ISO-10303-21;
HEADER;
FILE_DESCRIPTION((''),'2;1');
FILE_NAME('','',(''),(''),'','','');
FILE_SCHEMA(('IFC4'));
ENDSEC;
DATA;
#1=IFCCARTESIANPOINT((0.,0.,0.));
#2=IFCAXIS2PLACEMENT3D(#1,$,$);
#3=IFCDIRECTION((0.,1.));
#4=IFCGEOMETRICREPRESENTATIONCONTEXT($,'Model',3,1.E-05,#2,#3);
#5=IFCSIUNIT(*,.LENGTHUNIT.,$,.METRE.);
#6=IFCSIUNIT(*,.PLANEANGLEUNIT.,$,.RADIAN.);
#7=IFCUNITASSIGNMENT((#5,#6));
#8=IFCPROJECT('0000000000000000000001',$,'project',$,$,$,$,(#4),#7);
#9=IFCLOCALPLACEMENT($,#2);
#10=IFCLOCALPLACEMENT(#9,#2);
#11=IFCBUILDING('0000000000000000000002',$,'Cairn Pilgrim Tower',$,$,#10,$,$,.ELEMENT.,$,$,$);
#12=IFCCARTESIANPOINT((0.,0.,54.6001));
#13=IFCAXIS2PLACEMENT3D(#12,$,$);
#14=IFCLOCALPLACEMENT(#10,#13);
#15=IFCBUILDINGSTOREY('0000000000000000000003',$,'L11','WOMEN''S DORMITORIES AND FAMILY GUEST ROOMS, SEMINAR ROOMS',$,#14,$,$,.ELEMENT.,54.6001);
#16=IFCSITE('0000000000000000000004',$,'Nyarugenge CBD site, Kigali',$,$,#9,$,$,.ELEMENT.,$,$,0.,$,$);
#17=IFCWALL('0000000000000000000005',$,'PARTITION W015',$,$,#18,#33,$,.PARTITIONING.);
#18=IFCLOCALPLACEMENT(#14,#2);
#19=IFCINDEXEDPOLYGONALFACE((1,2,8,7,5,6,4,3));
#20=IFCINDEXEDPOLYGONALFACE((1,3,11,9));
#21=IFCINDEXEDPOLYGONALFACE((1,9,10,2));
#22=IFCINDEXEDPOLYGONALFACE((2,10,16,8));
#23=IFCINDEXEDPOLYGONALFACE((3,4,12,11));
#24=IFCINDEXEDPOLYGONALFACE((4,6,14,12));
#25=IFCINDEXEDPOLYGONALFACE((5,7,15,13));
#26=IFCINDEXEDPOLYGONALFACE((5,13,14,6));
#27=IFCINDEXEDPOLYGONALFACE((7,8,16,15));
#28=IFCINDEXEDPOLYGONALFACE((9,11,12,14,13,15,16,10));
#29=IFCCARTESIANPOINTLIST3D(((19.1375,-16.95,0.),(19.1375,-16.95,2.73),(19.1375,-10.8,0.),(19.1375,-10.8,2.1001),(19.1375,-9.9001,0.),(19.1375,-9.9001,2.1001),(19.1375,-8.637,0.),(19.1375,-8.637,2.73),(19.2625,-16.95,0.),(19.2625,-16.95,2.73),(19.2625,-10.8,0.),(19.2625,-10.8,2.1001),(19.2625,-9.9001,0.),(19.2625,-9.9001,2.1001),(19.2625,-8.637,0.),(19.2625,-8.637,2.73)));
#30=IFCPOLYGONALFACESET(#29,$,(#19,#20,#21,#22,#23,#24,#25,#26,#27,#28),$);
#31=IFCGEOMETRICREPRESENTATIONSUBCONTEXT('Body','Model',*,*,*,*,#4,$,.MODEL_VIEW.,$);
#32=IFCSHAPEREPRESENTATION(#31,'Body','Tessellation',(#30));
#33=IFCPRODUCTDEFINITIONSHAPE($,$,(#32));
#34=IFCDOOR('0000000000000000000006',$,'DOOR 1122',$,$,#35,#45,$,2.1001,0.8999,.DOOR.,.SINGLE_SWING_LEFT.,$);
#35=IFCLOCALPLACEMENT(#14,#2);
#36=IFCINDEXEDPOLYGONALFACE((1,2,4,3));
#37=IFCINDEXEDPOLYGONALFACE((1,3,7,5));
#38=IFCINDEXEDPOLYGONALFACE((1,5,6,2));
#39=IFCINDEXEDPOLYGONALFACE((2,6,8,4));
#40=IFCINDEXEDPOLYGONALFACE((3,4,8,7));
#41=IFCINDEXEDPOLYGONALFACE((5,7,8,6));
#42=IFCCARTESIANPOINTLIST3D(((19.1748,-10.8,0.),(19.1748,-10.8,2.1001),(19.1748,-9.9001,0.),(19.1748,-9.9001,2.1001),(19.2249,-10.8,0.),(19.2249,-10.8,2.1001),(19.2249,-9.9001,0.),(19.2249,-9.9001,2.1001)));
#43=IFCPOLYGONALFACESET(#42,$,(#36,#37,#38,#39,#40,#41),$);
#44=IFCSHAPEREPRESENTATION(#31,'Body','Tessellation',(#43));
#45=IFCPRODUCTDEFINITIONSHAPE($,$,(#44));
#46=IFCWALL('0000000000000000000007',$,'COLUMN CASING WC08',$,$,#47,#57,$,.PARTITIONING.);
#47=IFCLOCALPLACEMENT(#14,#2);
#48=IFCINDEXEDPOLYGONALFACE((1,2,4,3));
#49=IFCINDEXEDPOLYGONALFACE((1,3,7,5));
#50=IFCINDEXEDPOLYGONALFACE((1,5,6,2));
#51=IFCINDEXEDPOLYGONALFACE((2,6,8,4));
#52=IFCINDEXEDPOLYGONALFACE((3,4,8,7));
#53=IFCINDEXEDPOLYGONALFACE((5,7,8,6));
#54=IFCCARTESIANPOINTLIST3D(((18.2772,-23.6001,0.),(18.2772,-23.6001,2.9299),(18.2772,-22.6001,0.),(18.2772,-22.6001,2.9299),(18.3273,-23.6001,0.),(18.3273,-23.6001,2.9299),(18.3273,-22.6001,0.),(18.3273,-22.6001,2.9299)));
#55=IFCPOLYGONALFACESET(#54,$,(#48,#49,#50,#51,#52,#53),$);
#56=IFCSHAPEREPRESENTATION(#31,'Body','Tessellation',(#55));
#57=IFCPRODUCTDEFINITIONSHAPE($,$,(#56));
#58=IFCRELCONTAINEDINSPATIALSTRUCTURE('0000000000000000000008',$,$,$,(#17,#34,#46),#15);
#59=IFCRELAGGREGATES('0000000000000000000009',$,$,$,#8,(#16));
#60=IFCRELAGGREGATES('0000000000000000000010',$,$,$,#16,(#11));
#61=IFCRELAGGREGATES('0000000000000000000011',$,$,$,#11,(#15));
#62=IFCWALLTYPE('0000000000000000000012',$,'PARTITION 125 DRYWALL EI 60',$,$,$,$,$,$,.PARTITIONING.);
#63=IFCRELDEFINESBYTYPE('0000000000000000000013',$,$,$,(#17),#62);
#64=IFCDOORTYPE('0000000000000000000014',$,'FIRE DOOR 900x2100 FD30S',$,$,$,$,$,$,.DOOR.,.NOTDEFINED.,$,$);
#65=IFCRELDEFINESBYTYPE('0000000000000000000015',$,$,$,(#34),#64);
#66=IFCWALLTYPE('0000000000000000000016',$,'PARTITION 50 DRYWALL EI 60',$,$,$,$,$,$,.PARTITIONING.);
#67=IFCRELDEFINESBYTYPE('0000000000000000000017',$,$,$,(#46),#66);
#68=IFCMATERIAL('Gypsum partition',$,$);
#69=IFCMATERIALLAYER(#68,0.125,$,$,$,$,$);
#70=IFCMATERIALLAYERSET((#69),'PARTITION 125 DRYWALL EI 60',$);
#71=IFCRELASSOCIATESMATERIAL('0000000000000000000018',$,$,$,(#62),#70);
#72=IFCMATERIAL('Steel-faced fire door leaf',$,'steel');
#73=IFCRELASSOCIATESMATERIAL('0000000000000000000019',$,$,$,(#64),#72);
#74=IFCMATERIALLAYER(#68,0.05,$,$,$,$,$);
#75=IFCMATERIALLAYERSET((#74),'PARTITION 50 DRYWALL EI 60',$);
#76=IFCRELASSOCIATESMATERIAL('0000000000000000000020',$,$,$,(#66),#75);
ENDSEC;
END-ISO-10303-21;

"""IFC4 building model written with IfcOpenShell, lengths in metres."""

from ifc_helpers import new_model, si_unit, direction, frame, frame_2d, origin, place, context, subcontext, project, spatial, rectangle, extrude, material, layer, layer_set, type_object, element, fill, save


model = new_model("IFC4")

# Units and contexts
model_context = context("Model", 3, precision=1e-05, world=origin(), true_north=direction((0.0, 1.0)))
body_context = subcontext(model_context, "Body", "Model", "MODEL_VIEW")
ifc_project = project(units=[si_unit("LENGTHUNIT", "METRE"), si_unit("PLANEANGLEUNIT", "RADIAN")], contexts=[model_context])

# Site, building, storey
site_placement = place(None, origin())
site = spatial("IfcSite", under=ifc_project, at=site_placement, Name="Nyarugenge CBD site, Kigali", CompositionType="ELEMENT", RefElevation=0.0)
building_placement = place(site_placement, origin())
building = spatial("IfcBuilding", under=site, at=building_placement, Name="Cairn Pilgrim Tower", CompositionType="ELEMENT")
storey_placement = place(building_placement, frame((0.0, 0.0, 54.6001)))
storey = spatial("IfcBuildingStorey", under=building, at=storey_placement, Name="L11", Description="WOMEN'S DORMITORIES AND FAMILY GUEST ROOMS, SEMINAR ROOMS", CompositionType="ELEMENT", Elevation=54.6001)

# Shared definitions
ifc_material_1 = material(Name="Gypsum partition")
ifc_layer_1 = layer(ifc_material_1, 0.125)
ifc_layer_set_1 = layer_set([ifc_layer_1], Name="PARTITION 125 DRYWALL EI 60")
wall_type_1 = type_object("IfcWallType", Name="PARTITION 125 DRYWALL EI 60", PredefinedType="PARTITIONING", material=ifc_layer_set_1)

# Wall, opening, door
wall_1_placement = place(storey_placement, frame((19.2, -16.95, 0.0), z_axis=(0.0, 0.0, 1.0), x_axis=(0.0, 1.0, 0.0)))
wall_1 = element("IfcWall", 1, at=wall_1_placement, inside=storey, type_object=wall_type_1, Name="PARTITION W015", PredefinedType="PARTITIONING", context=body_context, shape_type="SweptSolid", body=[
    extrude(rectangle(XDim=8.313, YDim=0.125, at=frame_2d((4.1565, 0.0))), origin(), (0.0, 0.0, 1.0), 2.73),
])
opening_placement = place(wall_1_placement, frame((6.1499, 0.0, 0.0)))
opening = element("IfcOpeningElement", 2, at=opening_placement, cuts=wall_1, PredefinedType="OPENING", context=body_context, shape_type="SweptSolid", body=[
    extrude(rectangle(XDim=0.8999, YDim=2.1001, at=frame_2d((0.45, 1.05))), frame((0.0, 0.0725, 0.0), z_axis=(0.0, -1.0, 0.0), x_axis=(1.0, 0.0, 0.0)), (0.0, 0.0, 1.0), 0.145),
])
ifc_material_2 = material(Name="Steel-faced fire door leaf", Category="steel")
door_type = type_object("IfcDoorType", Name="FIRE DOOR 900x2100 FD30S", OperationType="NOTDEFINED", PredefinedType="DOOR", material=ifc_material_2)
door_placement = place(opening_placement, frame((0.8999, 0.0, 0.0), z_axis=(0.0, 0.0, 1.0), x_axis=(-1.0, 0.0, 0.0)))
door = element("IfcDoor", 3, at=door_placement, inside=storey, type_object=door_type, Name="DOOR 1122", OperationType="SINGLE_SWING_LEFT", OverallHeight=2.1001, OverallWidth=0.8999, PredefinedType="DOOR", context=body_context, shape_type="SweptSolid", body=[
    extrude(rectangle(XDim=0.8999, YDim=2.1001, at=frame_2d((0.45, 1.05))), frame((0.0, 0.0249, 0.0), z_axis=(0.0, -1.0, 0.0), x_axis=(1.0, 0.0, 0.0)), (0.0, 0.0, 1.0), 0.05),
])
fill(opening, door)

# Wall
ifc_layer_2 = layer(ifc_material_1, 0.05)
ifc_layer_set_2 = layer_set([ifc_layer_2], Name="PARTITION 50 DRYWALL EI 60")
wall_type_2 = type_object("IfcWallType", Name="PARTITION 50 DRYWALL EI 60", PredefinedType="PARTITIONING", material=ifc_layer_set_2)
wall_2_placement = place(storey_placement, frame((18.3022, -23.6001, 0.0), z_axis=(0.0, 0.0, 1.0), x_axis=(0.0, 1.0, 0.0)))
element("IfcWall", 4, at=wall_2_placement, inside=storey, type_object=wall_type_2, Name="COLUMN CASING WC08", PredefinedType="PARTITIONING", context=body_context, shape_type="SweptSolid", body=[
    extrude(rectangle(XDim=1.0, YDim=0.05, at=frame_2d((0.5, 0.0))), origin(), (0.0, 0.0, 1.0), 2.9299),
])

save(model, "model.ifc")
